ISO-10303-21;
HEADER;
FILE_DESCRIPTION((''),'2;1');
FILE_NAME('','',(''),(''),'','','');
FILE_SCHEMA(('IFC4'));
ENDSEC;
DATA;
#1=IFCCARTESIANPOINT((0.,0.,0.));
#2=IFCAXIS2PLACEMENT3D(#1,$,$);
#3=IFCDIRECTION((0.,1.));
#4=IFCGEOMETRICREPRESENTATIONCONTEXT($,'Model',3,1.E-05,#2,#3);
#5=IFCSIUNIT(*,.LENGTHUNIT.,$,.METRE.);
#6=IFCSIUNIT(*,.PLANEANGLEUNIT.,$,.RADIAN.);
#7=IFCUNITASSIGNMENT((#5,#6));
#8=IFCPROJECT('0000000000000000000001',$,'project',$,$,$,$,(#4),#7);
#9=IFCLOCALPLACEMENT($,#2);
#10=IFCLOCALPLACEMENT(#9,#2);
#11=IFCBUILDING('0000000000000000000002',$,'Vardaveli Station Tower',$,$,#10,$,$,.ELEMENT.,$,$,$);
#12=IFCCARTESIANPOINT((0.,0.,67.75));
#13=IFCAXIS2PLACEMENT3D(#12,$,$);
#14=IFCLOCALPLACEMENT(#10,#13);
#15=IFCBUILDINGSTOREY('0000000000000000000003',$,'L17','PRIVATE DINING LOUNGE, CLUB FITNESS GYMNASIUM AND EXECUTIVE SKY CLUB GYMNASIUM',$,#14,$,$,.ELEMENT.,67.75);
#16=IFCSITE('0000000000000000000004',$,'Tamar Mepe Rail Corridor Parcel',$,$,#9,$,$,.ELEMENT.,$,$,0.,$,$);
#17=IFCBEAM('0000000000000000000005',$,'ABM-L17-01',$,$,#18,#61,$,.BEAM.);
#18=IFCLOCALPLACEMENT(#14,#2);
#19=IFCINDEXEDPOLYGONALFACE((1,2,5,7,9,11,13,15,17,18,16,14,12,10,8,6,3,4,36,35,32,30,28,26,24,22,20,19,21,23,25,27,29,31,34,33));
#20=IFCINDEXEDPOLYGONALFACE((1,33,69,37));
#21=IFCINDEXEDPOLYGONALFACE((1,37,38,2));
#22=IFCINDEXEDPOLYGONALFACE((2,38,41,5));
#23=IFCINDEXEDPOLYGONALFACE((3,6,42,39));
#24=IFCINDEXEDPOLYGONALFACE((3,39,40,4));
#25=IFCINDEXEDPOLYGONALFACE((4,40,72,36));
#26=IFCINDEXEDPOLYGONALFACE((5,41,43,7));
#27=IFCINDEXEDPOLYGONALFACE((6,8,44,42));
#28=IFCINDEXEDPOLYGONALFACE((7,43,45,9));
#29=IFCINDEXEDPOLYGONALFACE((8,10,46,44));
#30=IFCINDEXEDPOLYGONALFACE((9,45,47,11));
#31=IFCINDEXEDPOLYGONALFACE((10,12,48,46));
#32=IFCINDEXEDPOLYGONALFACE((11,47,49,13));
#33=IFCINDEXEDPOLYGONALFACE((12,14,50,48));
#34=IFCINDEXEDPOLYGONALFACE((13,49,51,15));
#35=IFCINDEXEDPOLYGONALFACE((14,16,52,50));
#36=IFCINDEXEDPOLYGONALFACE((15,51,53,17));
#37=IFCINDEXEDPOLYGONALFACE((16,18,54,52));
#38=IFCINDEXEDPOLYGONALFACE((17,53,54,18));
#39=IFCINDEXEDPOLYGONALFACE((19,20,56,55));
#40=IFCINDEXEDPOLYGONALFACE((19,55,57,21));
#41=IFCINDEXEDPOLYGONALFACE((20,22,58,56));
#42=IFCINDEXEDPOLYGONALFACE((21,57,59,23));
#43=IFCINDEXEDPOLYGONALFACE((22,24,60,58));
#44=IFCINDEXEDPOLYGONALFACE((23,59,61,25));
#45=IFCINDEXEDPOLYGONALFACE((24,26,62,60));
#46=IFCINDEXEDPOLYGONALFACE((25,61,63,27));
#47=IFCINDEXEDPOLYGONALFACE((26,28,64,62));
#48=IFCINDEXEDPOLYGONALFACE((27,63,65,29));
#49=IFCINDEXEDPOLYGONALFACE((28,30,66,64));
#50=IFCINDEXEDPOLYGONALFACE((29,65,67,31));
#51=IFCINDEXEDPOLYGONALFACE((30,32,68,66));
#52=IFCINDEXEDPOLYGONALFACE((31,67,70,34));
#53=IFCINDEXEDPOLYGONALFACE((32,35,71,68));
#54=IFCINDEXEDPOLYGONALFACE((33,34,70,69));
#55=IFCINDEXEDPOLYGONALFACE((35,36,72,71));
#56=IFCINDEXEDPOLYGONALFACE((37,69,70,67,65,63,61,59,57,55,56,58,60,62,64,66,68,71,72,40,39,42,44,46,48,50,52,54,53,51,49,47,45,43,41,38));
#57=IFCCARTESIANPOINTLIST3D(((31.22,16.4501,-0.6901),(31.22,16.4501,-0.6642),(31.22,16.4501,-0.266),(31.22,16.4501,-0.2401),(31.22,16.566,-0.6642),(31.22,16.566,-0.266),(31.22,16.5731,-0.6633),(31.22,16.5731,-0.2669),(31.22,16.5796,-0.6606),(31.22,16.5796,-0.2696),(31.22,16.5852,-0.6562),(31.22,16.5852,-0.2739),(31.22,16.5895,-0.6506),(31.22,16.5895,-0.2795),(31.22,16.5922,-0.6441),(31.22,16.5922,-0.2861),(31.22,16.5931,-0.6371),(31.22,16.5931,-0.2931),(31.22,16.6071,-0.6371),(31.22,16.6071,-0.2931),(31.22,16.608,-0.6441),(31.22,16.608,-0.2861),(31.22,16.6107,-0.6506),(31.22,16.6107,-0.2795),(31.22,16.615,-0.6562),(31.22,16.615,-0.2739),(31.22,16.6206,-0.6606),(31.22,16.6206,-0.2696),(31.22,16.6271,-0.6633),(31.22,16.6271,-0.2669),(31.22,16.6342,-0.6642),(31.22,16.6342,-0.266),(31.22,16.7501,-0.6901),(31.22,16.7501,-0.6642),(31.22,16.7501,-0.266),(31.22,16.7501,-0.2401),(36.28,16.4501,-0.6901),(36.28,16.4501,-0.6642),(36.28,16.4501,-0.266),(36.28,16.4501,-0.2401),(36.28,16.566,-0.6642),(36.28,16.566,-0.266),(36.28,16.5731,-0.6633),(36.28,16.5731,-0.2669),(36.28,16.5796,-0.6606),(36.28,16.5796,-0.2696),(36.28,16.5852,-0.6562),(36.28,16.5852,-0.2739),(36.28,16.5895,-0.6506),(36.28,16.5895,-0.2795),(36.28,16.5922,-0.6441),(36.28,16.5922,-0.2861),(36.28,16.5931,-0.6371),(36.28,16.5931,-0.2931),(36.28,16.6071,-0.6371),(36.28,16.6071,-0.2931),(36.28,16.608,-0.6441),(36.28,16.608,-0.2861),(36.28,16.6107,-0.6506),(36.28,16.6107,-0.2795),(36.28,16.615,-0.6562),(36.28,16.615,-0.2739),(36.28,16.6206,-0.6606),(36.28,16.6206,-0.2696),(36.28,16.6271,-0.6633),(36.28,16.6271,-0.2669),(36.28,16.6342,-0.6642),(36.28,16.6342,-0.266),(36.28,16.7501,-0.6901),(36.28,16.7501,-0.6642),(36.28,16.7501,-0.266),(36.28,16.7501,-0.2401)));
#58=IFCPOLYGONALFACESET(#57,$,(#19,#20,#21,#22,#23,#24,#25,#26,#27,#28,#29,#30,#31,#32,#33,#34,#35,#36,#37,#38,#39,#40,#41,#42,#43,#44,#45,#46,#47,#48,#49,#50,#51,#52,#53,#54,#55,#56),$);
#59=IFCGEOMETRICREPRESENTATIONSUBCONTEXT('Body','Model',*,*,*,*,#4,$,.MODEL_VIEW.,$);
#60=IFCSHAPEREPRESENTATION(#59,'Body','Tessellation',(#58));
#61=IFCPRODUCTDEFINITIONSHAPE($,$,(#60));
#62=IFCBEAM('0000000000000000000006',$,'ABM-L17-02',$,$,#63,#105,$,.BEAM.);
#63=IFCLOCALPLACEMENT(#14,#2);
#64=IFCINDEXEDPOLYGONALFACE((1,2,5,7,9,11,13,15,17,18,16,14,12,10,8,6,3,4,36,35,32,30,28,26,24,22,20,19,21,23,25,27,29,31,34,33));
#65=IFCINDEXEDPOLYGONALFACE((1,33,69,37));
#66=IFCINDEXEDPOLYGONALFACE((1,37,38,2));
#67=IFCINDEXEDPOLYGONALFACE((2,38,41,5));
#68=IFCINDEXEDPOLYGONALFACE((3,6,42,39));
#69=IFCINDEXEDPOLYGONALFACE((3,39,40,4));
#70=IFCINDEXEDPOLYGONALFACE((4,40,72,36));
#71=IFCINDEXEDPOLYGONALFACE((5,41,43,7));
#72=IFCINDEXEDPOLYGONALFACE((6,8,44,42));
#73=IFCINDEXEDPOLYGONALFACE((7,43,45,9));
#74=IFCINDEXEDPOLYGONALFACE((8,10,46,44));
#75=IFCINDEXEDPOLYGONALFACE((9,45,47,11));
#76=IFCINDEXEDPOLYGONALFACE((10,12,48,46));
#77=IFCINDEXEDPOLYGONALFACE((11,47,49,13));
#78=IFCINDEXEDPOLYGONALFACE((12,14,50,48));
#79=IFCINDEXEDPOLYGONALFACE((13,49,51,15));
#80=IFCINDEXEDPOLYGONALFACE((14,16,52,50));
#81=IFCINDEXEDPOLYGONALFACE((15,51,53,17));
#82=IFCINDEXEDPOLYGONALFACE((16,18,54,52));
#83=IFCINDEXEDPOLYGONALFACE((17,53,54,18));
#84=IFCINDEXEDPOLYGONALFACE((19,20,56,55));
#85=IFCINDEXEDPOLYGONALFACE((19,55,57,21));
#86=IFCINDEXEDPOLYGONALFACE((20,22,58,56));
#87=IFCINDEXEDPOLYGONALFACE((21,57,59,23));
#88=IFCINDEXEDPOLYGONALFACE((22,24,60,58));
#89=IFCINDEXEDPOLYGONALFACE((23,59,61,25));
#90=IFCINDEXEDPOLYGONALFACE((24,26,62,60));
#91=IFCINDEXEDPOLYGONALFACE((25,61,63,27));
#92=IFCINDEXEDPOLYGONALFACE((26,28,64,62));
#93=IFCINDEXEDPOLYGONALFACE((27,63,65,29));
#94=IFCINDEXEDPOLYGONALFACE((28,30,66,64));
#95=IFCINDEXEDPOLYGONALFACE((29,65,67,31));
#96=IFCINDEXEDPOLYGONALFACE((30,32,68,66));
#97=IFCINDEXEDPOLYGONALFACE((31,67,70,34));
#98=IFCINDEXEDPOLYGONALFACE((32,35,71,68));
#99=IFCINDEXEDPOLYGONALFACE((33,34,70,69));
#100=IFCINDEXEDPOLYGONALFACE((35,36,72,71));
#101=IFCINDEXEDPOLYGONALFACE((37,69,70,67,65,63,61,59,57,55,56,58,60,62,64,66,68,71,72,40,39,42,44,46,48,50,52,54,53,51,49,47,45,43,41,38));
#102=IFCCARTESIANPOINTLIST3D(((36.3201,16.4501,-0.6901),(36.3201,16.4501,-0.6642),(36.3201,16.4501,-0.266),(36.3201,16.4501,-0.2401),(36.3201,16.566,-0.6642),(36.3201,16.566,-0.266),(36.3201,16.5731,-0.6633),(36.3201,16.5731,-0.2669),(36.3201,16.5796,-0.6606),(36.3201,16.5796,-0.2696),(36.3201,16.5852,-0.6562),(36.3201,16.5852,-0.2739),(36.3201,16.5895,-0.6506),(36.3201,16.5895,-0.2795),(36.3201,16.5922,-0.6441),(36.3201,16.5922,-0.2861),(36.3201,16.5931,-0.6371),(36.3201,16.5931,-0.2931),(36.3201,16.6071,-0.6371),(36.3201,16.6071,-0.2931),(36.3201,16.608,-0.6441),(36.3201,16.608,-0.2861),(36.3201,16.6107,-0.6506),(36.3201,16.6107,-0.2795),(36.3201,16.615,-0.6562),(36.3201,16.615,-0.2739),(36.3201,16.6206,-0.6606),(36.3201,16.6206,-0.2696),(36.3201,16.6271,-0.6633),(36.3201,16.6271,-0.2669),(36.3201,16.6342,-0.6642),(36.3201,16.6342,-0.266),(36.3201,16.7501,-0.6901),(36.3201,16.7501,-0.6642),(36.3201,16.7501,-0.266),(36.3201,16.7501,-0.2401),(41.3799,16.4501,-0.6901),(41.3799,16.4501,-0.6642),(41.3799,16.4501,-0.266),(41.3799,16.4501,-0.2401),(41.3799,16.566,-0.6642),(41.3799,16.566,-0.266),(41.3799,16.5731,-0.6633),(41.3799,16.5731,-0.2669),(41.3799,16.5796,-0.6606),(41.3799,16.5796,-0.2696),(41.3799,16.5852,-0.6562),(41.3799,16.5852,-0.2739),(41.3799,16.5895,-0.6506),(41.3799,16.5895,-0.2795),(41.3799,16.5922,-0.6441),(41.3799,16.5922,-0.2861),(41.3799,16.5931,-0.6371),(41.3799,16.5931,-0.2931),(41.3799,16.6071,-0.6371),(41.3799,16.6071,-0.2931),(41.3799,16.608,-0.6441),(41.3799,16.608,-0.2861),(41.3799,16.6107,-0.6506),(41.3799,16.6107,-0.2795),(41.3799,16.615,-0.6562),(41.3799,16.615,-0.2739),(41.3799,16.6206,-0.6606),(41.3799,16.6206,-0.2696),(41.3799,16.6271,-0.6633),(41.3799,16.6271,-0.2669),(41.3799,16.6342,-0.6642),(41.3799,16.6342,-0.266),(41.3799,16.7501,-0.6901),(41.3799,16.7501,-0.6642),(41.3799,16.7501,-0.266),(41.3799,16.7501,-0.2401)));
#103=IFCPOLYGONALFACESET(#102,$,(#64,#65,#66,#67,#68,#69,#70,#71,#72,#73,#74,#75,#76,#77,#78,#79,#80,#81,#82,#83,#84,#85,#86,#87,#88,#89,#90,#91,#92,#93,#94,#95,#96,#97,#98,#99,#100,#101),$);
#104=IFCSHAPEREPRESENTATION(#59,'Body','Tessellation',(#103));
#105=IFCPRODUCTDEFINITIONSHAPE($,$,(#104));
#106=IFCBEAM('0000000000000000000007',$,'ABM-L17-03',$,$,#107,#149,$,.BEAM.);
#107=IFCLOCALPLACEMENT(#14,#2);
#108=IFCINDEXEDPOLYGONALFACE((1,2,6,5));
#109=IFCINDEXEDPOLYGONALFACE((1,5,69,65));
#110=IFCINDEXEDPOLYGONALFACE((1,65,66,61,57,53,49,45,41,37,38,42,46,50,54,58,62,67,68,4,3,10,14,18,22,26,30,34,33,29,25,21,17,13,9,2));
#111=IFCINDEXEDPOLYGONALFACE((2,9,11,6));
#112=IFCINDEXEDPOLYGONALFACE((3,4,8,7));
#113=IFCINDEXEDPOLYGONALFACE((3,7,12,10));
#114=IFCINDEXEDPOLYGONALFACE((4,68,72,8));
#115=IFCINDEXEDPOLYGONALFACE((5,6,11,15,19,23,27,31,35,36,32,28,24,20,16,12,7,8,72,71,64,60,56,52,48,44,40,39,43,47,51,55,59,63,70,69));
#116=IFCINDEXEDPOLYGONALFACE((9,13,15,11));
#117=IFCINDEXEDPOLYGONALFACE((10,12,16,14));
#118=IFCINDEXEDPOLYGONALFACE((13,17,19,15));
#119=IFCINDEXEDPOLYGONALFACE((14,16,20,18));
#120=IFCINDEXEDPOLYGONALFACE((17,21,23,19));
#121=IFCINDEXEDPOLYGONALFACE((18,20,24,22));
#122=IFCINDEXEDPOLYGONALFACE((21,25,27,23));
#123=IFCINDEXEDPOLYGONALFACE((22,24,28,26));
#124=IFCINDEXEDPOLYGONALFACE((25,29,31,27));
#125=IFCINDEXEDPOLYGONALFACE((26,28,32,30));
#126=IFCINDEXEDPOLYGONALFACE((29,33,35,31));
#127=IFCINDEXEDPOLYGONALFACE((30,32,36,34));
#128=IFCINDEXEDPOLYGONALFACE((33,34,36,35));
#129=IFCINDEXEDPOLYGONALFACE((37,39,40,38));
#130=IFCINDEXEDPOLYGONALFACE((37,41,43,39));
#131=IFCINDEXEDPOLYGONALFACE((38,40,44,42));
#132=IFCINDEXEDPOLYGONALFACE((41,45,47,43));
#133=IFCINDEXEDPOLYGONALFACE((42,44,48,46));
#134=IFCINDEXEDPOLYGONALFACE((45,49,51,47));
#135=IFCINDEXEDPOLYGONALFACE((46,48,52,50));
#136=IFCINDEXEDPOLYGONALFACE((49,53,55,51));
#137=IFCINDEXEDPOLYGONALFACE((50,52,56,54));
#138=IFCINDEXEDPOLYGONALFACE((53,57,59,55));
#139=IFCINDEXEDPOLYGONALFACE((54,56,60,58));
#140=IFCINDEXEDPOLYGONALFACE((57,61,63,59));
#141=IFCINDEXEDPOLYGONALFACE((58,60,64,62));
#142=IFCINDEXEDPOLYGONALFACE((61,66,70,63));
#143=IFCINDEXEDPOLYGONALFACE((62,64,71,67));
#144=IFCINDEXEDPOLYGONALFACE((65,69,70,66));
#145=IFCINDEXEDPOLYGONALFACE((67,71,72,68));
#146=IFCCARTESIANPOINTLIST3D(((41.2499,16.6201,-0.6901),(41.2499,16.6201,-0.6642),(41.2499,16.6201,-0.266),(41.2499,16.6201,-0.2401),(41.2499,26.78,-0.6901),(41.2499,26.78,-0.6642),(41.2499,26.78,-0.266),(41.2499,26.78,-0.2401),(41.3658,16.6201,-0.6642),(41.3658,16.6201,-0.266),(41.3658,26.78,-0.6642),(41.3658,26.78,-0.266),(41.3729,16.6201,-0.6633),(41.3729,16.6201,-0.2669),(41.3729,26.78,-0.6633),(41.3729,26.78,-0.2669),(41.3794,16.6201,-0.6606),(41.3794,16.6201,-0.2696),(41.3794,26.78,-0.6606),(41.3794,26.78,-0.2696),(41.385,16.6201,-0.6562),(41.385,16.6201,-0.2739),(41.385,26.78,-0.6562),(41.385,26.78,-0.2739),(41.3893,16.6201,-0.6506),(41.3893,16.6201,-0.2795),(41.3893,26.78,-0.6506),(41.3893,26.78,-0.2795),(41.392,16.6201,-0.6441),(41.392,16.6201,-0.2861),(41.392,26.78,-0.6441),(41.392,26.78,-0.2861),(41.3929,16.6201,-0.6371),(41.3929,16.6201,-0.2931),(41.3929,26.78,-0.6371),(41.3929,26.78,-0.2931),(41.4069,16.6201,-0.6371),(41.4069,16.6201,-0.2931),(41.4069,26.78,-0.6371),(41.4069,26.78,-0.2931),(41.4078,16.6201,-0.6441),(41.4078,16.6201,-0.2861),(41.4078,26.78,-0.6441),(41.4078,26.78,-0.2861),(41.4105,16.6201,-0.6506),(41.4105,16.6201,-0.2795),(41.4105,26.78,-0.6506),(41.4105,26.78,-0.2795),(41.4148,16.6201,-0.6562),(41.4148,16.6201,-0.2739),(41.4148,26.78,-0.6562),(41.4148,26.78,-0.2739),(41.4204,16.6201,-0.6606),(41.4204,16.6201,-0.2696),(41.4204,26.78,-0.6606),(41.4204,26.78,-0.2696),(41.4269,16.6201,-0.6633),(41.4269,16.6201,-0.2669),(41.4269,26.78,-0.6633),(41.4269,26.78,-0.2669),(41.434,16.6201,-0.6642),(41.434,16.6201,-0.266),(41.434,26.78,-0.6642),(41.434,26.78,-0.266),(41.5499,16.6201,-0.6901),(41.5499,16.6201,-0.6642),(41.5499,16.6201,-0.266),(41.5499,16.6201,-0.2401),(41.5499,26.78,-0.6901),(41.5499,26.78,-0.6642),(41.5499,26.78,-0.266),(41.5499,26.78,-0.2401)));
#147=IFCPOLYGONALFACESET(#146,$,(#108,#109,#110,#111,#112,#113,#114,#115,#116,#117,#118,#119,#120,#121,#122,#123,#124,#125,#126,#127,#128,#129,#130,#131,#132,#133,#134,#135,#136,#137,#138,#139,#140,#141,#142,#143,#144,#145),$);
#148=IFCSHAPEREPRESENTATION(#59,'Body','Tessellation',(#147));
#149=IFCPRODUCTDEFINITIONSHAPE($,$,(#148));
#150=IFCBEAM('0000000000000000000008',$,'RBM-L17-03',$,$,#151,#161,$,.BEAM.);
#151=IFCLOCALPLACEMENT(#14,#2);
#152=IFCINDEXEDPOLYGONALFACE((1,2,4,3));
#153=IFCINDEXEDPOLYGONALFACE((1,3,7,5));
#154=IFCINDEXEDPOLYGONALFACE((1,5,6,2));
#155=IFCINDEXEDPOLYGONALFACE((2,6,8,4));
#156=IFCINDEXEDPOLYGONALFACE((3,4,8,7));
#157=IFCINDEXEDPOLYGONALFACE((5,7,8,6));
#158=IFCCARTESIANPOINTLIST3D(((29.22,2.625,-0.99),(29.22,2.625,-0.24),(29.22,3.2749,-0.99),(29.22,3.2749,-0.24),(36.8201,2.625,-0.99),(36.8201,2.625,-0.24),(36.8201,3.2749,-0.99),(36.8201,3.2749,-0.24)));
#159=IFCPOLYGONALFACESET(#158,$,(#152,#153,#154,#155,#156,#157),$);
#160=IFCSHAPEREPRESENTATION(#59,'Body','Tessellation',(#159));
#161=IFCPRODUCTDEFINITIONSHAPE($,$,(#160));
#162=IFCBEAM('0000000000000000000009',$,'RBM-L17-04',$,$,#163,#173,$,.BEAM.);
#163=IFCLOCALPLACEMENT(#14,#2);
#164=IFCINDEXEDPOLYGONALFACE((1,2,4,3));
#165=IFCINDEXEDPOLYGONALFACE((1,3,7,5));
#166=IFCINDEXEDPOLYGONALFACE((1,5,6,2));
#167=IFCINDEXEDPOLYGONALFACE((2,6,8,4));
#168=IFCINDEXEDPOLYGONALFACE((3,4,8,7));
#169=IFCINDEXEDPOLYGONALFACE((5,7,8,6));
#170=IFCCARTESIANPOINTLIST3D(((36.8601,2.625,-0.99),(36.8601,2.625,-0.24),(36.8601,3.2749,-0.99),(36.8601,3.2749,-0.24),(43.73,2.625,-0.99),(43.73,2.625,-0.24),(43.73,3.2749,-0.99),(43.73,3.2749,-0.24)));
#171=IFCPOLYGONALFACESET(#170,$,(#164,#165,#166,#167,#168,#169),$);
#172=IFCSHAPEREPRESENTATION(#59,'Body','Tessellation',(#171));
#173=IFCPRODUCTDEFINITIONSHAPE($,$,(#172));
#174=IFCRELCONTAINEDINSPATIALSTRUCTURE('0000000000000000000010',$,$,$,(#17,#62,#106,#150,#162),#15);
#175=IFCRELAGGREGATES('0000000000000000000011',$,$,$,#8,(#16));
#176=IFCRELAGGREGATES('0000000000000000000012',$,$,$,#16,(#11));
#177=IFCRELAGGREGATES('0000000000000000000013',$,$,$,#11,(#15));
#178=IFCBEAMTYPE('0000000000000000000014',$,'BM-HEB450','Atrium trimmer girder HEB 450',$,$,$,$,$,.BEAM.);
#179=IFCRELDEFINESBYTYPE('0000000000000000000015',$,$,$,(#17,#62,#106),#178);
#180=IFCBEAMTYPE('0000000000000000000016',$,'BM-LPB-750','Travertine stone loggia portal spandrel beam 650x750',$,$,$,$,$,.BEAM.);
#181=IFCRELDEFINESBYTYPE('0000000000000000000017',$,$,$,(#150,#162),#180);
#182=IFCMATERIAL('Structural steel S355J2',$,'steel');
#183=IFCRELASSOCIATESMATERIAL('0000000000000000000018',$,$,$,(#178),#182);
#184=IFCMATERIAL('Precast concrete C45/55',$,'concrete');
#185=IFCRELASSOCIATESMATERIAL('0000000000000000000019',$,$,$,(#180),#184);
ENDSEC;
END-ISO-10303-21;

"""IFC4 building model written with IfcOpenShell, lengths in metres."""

from ifc_helpers import new_model, si_unit, direction, frame, origin, origin_2d, place, context, subcontext, project, spatial, rectangle, i_section, extrude, source, transform, mapped, material, material_profile, profile_set, type_object, element, save


model = new_model("IFC4")

# Units and contexts
model_context = context("Model", 3, precision=1e-05, world=origin(), true_north=direction((0.0, 1.0)))
body_context = subcontext(model_context, "Body", "Model", "MODEL_VIEW")
ifc_project = project(units=[si_unit("LENGTHUNIT", "METRE"), si_unit("PLANEANGLEUNIT", "RADIAN")], contexts=[model_context])

# Site, building, storey
site_placement = place(None, origin())
site = spatial("IfcSite", under=ifc_project, at=site_placement, Name="Tamar Mepe Rail Corridor Parcel", CompositionType="ELEMENT", RefElevation=0.0)
building_placement = place(site_placement, origin())
building = spatial("IfcBuilding", under=site, at=building_placement, Name="Vardaveli Station Tower", CompositionType="ELEMENT")
storey_placement = place(building_placement, frame((0.0, 0.0, 67.75)))
storey = spatial("IfcBuildingStorey", under=building, at=storey_placement, Name="L17", Description="PRIVATE DINING LOUNGE, CLUB FITNESS GYMNASIUM AND EXECUTIVE SKY CLUB GYMNASIUM", CompositionType="ELEMENT", Elevation=67.75)

# Beams
ifc_material_1 = material(Name="Structural steel S355J2", Category="steel")
ifc_material_profile_1 = material_profile(ifc_material_1, i_section(OverallWidth=0.3, OverallDepth=0.45, WebThickness=0.0139, FlangeThickness=0.0259, FilletRadius=0.0271, at=origin_2d()), Name="HEB 450")
ifc_profile_set_1 = profile_set([ifc_material_profile_1], Name="Structural steel S355J2")
beam_type_1 = type_object("IfcBeamType", Name="BM-HEB450", Description="Atrium trimmer girder HEB 450", PredefinedType="BEAM", material=ifc_profile_set_1)
shared_shape_1 = source(origin(), body_context, "Body", "SweptSolid", [
    extrude(i_section(OverallWidth=0.3, OverallDepth=0.45, WebThickness=0.0139, FlangeThickness=0.0259, FilletRadius=0.0271, at=origin_2d()), origin(), (0.0, 0.0, 1.0), 5.0601),
])
beam_1_placement = place(storey_placement, frame((31.22, 16.6001, -0.4651), z_axis=(1.0, 0.0, 0.0), x_axis=(0.0, 1.0, 0.0)))
element("IfcBeam", 1, at=beam_1_placement, inside=storey, type_object=beam_type_1, Name="ABM-L17-01", PredefinedType="BEAM", context=body_context, shape_type="MappedRepresentation", body=[
    mapped(shared_shape_1, transform((0.0, 0.0, 0.0), scale=1.0)),
])
shared_shape_2 = source(origin(), body_context, "Body", "SweptSolid", [
    extrude(i_section(OverallWidth=0.3, OverallDepth=0.45, WebThickness=0.0139, FlangeThickness=0.0259, FilletRadius=0.0271, at=origin_2d()), origin(), (0.0, 0.0, 1.0), 5.0598),
])
beam_2_placement = place(storey_placement, frame((36.3201, 16.6001, -0.4651), z_axis=(1.0, 0.0, 0.0), x_axis=(0.0, 1.0, 0.0)))
element("IfcBeam", 2, at=beam_2_placement, inside=storey, type_object=beam_type_1, Name="ABM-L17-02", PredefinedType="BEAM", context=body_context, shape_type="MappedRepresentation", body=[
    mapped(shared_shape_2, transform((0.0, 0.0, 0.0), scale=1.0)),
])
shared_shape_3 = source(origin(), body_context, "Body", "SweptSolid", [
    extrude(i_section(OverallWidth=0.3, OverallDepth=0.45, WebThickness=0.0139, FlangeThickness=0.0259, FilletRadius=0.0271, at=origin_2d()), origin(), (0.0, 0.0, 1.0), 10.1599),
])
beam_3_placement = place(storey_placement, frame((41.3999, 16.6201, -0.4651), z_axis=(0.0, 1.0, 0.0), x_axis=(-1.0, 0.0, 0.0)))
element("IfcBeam", 3, at=beam_3_placement, inside=storey, type_object=beam_type_1, Name="ABM-L17-03", PredefinedType="BEAM", context=body_context, shape_type="MappedRepresentation", body=[
    mapped(shared_shape_3, transform((0.0, 0.0, 0.0), scale=1.0)),
])
ifc_material_2 = material(Name="Precast concrete C45/55", Category="concrete")
ifc_material_profile_2 = material_profile(ifc_material_2, rectangle(XDim=0.6499, YDim=0.75, at=origin_2d()), Name="LPB 650x750")
ifc_profile_set_2 = profile_set([ifc_material_profile_2], Name="Precast concrete C45/55")
beam_type_2 = type_object("IfcBeamType", Name="BM-LPB-750", Description="Travertine stone loggia portal spandrel beam 650x750", PredefinedType="BEAM", material=ifc_profile_set_2)
shared_shape_4 = source(origin(), body_context, "Body", "SweptSolid", [
    extrude(rectangle(XDim=0.6499, YDim=0.75, at=origin_2d()), origin(), (0.0, 0.0, 1.0), 7.6001),
])
beam_4_placement = place(storey_placement, frame((29.22, 2.95, -0.615), z_axis=(1.0, 0.0, 0.0), x_axis=(0.0, 1.0, 0.0)))
element("IfcBeam", 4, at=beam_4_placement, inside=storey, type_object=beam_type_2, Name="RBM-L17-03", PredefinedType="BEAM", context=body_context, shape_type="MappedRepresentation", body=[
    mapped(shared_shape_4, transform((0.0, 0.0, 0.0), scale=1.0)),
])
shared_shape_5 = source(origin(), body_context, "Body", "SweptSolid", [
    extrude(rectangle(XDim=0.6499, YDim=0.75, at=origin_2d()), origin(), (0.0, 0.0, 1.0), 6.8699),
])
beam_5_placement = place(storey_placement, frame((36.8601, 2.95, -0.615), z_axis=(1.0, 0.0, 0.0), x_axis=(0.0, 1.0, 0.0)))
element("IfcBeam", 5, at=beam_5_placement, inside=storey, type_object=beam_type_2, Name="RBM-L17-04", PredefinedType="BEAM", context=body_context, shape_type="MappedRepresentation", body=[
    mapped(shared_shape_5, transform((0.0, 0.0, 0.0), scale=1.0)),
])

save(model, "model.ifc")
